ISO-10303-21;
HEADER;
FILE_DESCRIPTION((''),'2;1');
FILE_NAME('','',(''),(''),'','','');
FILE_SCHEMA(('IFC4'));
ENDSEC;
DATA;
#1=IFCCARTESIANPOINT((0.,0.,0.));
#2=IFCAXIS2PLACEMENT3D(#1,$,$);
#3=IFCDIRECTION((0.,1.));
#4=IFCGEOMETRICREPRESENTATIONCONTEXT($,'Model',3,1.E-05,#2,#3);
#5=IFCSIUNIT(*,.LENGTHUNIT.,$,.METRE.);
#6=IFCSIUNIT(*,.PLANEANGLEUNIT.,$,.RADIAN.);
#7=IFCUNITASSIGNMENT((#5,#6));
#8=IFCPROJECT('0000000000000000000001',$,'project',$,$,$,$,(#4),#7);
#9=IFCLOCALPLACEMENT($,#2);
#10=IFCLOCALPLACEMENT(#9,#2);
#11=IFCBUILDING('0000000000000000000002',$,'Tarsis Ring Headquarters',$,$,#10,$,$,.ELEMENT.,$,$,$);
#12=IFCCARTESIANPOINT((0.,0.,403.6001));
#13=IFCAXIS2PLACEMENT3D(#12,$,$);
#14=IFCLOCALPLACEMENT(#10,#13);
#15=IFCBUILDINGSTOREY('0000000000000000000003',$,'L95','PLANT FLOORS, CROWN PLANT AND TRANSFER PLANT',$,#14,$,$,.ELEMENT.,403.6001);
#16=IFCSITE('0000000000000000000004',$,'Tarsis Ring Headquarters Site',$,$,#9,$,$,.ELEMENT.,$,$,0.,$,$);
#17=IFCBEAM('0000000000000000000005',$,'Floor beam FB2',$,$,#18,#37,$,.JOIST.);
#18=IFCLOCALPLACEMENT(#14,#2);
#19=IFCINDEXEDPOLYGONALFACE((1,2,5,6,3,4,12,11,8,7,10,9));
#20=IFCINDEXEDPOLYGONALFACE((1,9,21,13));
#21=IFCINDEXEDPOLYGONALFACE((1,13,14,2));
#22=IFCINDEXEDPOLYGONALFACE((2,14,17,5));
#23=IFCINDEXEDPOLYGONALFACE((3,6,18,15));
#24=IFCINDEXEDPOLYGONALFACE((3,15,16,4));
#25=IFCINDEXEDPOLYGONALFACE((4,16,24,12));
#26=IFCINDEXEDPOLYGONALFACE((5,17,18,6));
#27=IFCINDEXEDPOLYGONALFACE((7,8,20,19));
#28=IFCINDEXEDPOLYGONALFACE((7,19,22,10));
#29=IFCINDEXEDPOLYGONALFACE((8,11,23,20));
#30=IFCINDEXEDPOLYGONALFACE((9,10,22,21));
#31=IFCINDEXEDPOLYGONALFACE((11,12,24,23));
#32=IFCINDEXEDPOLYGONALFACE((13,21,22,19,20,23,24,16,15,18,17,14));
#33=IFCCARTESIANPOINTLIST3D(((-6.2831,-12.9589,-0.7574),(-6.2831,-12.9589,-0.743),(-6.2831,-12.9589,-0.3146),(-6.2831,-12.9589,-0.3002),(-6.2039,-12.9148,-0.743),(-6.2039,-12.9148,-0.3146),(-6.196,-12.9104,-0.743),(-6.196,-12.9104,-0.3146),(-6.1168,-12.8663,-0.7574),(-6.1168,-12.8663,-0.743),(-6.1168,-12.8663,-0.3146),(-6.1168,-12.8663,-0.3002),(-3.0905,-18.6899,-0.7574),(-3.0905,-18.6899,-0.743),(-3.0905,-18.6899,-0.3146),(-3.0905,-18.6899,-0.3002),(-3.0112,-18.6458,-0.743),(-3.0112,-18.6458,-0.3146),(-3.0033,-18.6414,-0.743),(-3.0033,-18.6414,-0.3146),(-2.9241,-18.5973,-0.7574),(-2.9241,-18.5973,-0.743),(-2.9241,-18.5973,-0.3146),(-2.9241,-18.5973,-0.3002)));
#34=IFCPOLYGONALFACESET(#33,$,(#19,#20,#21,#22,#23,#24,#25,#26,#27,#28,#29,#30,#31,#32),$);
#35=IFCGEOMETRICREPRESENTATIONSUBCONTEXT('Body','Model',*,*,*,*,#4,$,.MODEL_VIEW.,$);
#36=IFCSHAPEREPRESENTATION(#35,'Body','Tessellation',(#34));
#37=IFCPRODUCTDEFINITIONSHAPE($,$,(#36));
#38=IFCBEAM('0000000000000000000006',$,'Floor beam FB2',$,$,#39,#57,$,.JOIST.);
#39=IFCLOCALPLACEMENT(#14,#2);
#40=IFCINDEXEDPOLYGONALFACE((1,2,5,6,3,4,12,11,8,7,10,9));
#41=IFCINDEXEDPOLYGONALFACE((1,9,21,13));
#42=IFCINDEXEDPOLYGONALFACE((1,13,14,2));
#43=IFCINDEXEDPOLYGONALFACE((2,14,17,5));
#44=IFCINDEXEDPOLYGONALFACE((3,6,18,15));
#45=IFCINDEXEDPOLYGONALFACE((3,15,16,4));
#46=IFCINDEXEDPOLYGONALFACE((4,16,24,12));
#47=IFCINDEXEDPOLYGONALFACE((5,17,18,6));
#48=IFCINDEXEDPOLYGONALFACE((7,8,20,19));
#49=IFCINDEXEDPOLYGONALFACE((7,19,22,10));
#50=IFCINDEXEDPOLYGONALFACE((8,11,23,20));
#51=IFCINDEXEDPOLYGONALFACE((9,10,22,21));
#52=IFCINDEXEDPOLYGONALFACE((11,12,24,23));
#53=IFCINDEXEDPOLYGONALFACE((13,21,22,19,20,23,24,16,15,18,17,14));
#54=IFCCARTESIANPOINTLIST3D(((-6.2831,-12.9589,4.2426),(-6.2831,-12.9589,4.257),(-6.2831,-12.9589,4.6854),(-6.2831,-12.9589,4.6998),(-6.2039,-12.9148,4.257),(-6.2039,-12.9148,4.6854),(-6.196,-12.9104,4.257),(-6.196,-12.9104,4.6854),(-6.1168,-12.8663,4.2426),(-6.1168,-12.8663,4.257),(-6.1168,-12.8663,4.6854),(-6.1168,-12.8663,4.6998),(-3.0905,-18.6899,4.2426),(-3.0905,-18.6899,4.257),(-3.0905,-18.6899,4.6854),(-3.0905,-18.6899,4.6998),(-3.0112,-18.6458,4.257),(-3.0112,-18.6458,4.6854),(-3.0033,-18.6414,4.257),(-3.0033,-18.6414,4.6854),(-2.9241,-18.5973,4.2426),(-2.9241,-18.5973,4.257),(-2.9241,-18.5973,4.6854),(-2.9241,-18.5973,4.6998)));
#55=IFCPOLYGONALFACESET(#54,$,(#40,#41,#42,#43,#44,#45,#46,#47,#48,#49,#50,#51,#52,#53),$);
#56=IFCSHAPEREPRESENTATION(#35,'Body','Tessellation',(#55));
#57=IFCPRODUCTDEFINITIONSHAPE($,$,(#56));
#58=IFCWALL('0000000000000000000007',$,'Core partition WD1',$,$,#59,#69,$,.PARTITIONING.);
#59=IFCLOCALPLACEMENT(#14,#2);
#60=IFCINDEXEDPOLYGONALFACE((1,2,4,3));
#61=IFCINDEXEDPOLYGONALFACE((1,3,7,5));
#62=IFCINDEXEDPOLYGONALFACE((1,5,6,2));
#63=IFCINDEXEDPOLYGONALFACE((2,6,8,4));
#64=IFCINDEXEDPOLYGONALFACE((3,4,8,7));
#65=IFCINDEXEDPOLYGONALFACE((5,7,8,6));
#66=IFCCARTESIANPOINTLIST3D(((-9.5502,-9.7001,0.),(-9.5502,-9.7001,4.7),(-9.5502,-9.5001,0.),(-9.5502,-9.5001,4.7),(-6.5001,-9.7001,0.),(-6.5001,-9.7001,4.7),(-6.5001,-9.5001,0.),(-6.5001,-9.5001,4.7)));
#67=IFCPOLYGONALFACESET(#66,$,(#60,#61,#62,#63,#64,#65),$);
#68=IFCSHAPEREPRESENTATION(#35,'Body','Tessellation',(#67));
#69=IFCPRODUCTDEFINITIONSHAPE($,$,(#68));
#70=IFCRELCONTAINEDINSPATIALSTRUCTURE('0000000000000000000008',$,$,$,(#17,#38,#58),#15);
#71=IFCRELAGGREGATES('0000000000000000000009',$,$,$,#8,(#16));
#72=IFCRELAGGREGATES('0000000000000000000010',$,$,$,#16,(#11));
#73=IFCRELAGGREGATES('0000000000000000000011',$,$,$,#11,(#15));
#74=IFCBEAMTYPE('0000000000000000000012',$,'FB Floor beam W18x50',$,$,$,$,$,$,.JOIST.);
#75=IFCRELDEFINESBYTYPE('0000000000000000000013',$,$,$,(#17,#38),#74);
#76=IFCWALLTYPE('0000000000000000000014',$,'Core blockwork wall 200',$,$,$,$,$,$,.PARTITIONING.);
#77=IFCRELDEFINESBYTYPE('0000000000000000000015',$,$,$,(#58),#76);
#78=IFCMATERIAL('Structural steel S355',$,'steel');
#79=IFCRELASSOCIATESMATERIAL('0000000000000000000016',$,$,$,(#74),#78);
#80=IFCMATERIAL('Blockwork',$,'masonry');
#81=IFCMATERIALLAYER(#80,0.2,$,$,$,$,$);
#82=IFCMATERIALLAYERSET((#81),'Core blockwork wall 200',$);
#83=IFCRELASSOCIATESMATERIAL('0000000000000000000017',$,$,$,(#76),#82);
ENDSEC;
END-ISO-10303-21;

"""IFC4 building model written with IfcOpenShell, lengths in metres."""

from ifc_helpers import new_model, si_unit, direction, frame, frame_2d, origin, origin_2d, place, context, subcontext, project, spatial, rectangle, i_section, extrude, material, layer, layer_set, material_profile, profile_set, type_object, element, save


model = new_model("IFC4")

# Units and contexts
model_context = context("Model", 3, precision=1e-05, world=origin(), true_north=direction((0.0, 1.0)))
body_context = subcontext(model_context, "Body", "Model", "MODEL_VIEW")
ifc_project = project(units=[si_unit("LENGTHUNIT", "METRE"), si_unit("PLANEANGLEUNIT", "RADIAN")], contexts=[model_context])

# Site, building, storey
site_placement = place(None, origin())
site = spatial("IfcSite", under=ifc_project, at=site_placement, Name="Tarsis Ring Headquarters Site", CompositionType="ELEMENT", RefElevation=0.0)
building_placement = place(site_placement, origin())
building = spatial("IfcBuilding", under=site, at=building_placement, Name="Tarsis Ring Headquarters", CompositionType="ELEMENT")
storey_placement = place(building_placement, frame((0.0, 0.0, 403.6001)))
storey = spatial("IfcBuildingStorey", under=building, at=storey_placement, Name="L95", Description="PLANT FLOORS, CROWN PLANT AND TRANSFER PLANT", CompositionType="ELEMENT", Elevation=403.6001)

# Beams
ifc_material_1 = material(Name="Structural steel S355", Category="steel")
ifc_material_profile = material_profile(ifc_material_1, i_section(OverallWidth=0.1904, OverallDepth=0.4573, WebThickness=0.009, FlangeThickness=0.0144, at=origin_2d()), Name="W18x50")
ifc_profile_set = profile_set([ifc_material_profile], Name="Structural steel S355")
beam_type = type_object("IfcBeamType", Name="FB Floor beam W18x50", PredefinedType="JOIST", material=ifc_profile_set)
for number, where, z_axis, x_axis, name in (
    (1, (-6.2, -12.9126, -0.5288), (0.486663, -0.87359, 0.0), (0.87359, 0.486663, 0.0), "Floor beam FB2"),
    (2, (-6.2, -12.9126, 4.4712), (0.486663, -0.87359, 0.0), (0.87359, 0.486663, 0.0), "Floor beam FB2"),
):
    element("IfcBeam", number, at=place(storey_placement, frame(where, z_axis=z_axis, x_axis=x_axis)), inside=storey, type_object=beam_type, Name=name, PredefinedType="JOIST", context=body_context, shape_type="SweptSolid", body=[
        extrude(i_section(OverallWidth=0.1904, OverallDepth=0.4573, WebThickness=0.009, FlangeThickness=0.0144, at=origin_2d()), origin(), (0.0, 0.0, 1.0), 6.5603),
    ])

# Wall
ifc_material_2 = material(Name="Blockwork", Category="masonry")
ifc_layer_1 = layer(ifc_material_2, 0.2)
ifc_layer_set_1 = layer_set([ifc_layer_1], Name="Core blockwork wall 200")
wall_type_1 = type_object("IfcWallType", Name="Core blockwork wall 200", PredefinedType="PARTITIONING", material=ifc_layer_set_1)
wall_1_placement = place(storey_placement, frame((-9.55, -9.6001, 0.0), z_axis=(0.0, 0.0, 1.0), x_axis=(1.0, 0.0, 0.0)))
element("IfcWall", 3, at=wall_1_placement, inside=storey, type_object=wall_type_1, Name="Core partition WD1", PredefinedType="PARTITIONING", context=body_context, shape_type="SweptSolid", body=[
    extrude(rectangle(XDim=3.05, YDim=0.2, at=frame_2d((1.5249, 0.0))), origin(), (0.0, 0.0, 1.0), 4.7),
])

save(model, "model.ifc")
